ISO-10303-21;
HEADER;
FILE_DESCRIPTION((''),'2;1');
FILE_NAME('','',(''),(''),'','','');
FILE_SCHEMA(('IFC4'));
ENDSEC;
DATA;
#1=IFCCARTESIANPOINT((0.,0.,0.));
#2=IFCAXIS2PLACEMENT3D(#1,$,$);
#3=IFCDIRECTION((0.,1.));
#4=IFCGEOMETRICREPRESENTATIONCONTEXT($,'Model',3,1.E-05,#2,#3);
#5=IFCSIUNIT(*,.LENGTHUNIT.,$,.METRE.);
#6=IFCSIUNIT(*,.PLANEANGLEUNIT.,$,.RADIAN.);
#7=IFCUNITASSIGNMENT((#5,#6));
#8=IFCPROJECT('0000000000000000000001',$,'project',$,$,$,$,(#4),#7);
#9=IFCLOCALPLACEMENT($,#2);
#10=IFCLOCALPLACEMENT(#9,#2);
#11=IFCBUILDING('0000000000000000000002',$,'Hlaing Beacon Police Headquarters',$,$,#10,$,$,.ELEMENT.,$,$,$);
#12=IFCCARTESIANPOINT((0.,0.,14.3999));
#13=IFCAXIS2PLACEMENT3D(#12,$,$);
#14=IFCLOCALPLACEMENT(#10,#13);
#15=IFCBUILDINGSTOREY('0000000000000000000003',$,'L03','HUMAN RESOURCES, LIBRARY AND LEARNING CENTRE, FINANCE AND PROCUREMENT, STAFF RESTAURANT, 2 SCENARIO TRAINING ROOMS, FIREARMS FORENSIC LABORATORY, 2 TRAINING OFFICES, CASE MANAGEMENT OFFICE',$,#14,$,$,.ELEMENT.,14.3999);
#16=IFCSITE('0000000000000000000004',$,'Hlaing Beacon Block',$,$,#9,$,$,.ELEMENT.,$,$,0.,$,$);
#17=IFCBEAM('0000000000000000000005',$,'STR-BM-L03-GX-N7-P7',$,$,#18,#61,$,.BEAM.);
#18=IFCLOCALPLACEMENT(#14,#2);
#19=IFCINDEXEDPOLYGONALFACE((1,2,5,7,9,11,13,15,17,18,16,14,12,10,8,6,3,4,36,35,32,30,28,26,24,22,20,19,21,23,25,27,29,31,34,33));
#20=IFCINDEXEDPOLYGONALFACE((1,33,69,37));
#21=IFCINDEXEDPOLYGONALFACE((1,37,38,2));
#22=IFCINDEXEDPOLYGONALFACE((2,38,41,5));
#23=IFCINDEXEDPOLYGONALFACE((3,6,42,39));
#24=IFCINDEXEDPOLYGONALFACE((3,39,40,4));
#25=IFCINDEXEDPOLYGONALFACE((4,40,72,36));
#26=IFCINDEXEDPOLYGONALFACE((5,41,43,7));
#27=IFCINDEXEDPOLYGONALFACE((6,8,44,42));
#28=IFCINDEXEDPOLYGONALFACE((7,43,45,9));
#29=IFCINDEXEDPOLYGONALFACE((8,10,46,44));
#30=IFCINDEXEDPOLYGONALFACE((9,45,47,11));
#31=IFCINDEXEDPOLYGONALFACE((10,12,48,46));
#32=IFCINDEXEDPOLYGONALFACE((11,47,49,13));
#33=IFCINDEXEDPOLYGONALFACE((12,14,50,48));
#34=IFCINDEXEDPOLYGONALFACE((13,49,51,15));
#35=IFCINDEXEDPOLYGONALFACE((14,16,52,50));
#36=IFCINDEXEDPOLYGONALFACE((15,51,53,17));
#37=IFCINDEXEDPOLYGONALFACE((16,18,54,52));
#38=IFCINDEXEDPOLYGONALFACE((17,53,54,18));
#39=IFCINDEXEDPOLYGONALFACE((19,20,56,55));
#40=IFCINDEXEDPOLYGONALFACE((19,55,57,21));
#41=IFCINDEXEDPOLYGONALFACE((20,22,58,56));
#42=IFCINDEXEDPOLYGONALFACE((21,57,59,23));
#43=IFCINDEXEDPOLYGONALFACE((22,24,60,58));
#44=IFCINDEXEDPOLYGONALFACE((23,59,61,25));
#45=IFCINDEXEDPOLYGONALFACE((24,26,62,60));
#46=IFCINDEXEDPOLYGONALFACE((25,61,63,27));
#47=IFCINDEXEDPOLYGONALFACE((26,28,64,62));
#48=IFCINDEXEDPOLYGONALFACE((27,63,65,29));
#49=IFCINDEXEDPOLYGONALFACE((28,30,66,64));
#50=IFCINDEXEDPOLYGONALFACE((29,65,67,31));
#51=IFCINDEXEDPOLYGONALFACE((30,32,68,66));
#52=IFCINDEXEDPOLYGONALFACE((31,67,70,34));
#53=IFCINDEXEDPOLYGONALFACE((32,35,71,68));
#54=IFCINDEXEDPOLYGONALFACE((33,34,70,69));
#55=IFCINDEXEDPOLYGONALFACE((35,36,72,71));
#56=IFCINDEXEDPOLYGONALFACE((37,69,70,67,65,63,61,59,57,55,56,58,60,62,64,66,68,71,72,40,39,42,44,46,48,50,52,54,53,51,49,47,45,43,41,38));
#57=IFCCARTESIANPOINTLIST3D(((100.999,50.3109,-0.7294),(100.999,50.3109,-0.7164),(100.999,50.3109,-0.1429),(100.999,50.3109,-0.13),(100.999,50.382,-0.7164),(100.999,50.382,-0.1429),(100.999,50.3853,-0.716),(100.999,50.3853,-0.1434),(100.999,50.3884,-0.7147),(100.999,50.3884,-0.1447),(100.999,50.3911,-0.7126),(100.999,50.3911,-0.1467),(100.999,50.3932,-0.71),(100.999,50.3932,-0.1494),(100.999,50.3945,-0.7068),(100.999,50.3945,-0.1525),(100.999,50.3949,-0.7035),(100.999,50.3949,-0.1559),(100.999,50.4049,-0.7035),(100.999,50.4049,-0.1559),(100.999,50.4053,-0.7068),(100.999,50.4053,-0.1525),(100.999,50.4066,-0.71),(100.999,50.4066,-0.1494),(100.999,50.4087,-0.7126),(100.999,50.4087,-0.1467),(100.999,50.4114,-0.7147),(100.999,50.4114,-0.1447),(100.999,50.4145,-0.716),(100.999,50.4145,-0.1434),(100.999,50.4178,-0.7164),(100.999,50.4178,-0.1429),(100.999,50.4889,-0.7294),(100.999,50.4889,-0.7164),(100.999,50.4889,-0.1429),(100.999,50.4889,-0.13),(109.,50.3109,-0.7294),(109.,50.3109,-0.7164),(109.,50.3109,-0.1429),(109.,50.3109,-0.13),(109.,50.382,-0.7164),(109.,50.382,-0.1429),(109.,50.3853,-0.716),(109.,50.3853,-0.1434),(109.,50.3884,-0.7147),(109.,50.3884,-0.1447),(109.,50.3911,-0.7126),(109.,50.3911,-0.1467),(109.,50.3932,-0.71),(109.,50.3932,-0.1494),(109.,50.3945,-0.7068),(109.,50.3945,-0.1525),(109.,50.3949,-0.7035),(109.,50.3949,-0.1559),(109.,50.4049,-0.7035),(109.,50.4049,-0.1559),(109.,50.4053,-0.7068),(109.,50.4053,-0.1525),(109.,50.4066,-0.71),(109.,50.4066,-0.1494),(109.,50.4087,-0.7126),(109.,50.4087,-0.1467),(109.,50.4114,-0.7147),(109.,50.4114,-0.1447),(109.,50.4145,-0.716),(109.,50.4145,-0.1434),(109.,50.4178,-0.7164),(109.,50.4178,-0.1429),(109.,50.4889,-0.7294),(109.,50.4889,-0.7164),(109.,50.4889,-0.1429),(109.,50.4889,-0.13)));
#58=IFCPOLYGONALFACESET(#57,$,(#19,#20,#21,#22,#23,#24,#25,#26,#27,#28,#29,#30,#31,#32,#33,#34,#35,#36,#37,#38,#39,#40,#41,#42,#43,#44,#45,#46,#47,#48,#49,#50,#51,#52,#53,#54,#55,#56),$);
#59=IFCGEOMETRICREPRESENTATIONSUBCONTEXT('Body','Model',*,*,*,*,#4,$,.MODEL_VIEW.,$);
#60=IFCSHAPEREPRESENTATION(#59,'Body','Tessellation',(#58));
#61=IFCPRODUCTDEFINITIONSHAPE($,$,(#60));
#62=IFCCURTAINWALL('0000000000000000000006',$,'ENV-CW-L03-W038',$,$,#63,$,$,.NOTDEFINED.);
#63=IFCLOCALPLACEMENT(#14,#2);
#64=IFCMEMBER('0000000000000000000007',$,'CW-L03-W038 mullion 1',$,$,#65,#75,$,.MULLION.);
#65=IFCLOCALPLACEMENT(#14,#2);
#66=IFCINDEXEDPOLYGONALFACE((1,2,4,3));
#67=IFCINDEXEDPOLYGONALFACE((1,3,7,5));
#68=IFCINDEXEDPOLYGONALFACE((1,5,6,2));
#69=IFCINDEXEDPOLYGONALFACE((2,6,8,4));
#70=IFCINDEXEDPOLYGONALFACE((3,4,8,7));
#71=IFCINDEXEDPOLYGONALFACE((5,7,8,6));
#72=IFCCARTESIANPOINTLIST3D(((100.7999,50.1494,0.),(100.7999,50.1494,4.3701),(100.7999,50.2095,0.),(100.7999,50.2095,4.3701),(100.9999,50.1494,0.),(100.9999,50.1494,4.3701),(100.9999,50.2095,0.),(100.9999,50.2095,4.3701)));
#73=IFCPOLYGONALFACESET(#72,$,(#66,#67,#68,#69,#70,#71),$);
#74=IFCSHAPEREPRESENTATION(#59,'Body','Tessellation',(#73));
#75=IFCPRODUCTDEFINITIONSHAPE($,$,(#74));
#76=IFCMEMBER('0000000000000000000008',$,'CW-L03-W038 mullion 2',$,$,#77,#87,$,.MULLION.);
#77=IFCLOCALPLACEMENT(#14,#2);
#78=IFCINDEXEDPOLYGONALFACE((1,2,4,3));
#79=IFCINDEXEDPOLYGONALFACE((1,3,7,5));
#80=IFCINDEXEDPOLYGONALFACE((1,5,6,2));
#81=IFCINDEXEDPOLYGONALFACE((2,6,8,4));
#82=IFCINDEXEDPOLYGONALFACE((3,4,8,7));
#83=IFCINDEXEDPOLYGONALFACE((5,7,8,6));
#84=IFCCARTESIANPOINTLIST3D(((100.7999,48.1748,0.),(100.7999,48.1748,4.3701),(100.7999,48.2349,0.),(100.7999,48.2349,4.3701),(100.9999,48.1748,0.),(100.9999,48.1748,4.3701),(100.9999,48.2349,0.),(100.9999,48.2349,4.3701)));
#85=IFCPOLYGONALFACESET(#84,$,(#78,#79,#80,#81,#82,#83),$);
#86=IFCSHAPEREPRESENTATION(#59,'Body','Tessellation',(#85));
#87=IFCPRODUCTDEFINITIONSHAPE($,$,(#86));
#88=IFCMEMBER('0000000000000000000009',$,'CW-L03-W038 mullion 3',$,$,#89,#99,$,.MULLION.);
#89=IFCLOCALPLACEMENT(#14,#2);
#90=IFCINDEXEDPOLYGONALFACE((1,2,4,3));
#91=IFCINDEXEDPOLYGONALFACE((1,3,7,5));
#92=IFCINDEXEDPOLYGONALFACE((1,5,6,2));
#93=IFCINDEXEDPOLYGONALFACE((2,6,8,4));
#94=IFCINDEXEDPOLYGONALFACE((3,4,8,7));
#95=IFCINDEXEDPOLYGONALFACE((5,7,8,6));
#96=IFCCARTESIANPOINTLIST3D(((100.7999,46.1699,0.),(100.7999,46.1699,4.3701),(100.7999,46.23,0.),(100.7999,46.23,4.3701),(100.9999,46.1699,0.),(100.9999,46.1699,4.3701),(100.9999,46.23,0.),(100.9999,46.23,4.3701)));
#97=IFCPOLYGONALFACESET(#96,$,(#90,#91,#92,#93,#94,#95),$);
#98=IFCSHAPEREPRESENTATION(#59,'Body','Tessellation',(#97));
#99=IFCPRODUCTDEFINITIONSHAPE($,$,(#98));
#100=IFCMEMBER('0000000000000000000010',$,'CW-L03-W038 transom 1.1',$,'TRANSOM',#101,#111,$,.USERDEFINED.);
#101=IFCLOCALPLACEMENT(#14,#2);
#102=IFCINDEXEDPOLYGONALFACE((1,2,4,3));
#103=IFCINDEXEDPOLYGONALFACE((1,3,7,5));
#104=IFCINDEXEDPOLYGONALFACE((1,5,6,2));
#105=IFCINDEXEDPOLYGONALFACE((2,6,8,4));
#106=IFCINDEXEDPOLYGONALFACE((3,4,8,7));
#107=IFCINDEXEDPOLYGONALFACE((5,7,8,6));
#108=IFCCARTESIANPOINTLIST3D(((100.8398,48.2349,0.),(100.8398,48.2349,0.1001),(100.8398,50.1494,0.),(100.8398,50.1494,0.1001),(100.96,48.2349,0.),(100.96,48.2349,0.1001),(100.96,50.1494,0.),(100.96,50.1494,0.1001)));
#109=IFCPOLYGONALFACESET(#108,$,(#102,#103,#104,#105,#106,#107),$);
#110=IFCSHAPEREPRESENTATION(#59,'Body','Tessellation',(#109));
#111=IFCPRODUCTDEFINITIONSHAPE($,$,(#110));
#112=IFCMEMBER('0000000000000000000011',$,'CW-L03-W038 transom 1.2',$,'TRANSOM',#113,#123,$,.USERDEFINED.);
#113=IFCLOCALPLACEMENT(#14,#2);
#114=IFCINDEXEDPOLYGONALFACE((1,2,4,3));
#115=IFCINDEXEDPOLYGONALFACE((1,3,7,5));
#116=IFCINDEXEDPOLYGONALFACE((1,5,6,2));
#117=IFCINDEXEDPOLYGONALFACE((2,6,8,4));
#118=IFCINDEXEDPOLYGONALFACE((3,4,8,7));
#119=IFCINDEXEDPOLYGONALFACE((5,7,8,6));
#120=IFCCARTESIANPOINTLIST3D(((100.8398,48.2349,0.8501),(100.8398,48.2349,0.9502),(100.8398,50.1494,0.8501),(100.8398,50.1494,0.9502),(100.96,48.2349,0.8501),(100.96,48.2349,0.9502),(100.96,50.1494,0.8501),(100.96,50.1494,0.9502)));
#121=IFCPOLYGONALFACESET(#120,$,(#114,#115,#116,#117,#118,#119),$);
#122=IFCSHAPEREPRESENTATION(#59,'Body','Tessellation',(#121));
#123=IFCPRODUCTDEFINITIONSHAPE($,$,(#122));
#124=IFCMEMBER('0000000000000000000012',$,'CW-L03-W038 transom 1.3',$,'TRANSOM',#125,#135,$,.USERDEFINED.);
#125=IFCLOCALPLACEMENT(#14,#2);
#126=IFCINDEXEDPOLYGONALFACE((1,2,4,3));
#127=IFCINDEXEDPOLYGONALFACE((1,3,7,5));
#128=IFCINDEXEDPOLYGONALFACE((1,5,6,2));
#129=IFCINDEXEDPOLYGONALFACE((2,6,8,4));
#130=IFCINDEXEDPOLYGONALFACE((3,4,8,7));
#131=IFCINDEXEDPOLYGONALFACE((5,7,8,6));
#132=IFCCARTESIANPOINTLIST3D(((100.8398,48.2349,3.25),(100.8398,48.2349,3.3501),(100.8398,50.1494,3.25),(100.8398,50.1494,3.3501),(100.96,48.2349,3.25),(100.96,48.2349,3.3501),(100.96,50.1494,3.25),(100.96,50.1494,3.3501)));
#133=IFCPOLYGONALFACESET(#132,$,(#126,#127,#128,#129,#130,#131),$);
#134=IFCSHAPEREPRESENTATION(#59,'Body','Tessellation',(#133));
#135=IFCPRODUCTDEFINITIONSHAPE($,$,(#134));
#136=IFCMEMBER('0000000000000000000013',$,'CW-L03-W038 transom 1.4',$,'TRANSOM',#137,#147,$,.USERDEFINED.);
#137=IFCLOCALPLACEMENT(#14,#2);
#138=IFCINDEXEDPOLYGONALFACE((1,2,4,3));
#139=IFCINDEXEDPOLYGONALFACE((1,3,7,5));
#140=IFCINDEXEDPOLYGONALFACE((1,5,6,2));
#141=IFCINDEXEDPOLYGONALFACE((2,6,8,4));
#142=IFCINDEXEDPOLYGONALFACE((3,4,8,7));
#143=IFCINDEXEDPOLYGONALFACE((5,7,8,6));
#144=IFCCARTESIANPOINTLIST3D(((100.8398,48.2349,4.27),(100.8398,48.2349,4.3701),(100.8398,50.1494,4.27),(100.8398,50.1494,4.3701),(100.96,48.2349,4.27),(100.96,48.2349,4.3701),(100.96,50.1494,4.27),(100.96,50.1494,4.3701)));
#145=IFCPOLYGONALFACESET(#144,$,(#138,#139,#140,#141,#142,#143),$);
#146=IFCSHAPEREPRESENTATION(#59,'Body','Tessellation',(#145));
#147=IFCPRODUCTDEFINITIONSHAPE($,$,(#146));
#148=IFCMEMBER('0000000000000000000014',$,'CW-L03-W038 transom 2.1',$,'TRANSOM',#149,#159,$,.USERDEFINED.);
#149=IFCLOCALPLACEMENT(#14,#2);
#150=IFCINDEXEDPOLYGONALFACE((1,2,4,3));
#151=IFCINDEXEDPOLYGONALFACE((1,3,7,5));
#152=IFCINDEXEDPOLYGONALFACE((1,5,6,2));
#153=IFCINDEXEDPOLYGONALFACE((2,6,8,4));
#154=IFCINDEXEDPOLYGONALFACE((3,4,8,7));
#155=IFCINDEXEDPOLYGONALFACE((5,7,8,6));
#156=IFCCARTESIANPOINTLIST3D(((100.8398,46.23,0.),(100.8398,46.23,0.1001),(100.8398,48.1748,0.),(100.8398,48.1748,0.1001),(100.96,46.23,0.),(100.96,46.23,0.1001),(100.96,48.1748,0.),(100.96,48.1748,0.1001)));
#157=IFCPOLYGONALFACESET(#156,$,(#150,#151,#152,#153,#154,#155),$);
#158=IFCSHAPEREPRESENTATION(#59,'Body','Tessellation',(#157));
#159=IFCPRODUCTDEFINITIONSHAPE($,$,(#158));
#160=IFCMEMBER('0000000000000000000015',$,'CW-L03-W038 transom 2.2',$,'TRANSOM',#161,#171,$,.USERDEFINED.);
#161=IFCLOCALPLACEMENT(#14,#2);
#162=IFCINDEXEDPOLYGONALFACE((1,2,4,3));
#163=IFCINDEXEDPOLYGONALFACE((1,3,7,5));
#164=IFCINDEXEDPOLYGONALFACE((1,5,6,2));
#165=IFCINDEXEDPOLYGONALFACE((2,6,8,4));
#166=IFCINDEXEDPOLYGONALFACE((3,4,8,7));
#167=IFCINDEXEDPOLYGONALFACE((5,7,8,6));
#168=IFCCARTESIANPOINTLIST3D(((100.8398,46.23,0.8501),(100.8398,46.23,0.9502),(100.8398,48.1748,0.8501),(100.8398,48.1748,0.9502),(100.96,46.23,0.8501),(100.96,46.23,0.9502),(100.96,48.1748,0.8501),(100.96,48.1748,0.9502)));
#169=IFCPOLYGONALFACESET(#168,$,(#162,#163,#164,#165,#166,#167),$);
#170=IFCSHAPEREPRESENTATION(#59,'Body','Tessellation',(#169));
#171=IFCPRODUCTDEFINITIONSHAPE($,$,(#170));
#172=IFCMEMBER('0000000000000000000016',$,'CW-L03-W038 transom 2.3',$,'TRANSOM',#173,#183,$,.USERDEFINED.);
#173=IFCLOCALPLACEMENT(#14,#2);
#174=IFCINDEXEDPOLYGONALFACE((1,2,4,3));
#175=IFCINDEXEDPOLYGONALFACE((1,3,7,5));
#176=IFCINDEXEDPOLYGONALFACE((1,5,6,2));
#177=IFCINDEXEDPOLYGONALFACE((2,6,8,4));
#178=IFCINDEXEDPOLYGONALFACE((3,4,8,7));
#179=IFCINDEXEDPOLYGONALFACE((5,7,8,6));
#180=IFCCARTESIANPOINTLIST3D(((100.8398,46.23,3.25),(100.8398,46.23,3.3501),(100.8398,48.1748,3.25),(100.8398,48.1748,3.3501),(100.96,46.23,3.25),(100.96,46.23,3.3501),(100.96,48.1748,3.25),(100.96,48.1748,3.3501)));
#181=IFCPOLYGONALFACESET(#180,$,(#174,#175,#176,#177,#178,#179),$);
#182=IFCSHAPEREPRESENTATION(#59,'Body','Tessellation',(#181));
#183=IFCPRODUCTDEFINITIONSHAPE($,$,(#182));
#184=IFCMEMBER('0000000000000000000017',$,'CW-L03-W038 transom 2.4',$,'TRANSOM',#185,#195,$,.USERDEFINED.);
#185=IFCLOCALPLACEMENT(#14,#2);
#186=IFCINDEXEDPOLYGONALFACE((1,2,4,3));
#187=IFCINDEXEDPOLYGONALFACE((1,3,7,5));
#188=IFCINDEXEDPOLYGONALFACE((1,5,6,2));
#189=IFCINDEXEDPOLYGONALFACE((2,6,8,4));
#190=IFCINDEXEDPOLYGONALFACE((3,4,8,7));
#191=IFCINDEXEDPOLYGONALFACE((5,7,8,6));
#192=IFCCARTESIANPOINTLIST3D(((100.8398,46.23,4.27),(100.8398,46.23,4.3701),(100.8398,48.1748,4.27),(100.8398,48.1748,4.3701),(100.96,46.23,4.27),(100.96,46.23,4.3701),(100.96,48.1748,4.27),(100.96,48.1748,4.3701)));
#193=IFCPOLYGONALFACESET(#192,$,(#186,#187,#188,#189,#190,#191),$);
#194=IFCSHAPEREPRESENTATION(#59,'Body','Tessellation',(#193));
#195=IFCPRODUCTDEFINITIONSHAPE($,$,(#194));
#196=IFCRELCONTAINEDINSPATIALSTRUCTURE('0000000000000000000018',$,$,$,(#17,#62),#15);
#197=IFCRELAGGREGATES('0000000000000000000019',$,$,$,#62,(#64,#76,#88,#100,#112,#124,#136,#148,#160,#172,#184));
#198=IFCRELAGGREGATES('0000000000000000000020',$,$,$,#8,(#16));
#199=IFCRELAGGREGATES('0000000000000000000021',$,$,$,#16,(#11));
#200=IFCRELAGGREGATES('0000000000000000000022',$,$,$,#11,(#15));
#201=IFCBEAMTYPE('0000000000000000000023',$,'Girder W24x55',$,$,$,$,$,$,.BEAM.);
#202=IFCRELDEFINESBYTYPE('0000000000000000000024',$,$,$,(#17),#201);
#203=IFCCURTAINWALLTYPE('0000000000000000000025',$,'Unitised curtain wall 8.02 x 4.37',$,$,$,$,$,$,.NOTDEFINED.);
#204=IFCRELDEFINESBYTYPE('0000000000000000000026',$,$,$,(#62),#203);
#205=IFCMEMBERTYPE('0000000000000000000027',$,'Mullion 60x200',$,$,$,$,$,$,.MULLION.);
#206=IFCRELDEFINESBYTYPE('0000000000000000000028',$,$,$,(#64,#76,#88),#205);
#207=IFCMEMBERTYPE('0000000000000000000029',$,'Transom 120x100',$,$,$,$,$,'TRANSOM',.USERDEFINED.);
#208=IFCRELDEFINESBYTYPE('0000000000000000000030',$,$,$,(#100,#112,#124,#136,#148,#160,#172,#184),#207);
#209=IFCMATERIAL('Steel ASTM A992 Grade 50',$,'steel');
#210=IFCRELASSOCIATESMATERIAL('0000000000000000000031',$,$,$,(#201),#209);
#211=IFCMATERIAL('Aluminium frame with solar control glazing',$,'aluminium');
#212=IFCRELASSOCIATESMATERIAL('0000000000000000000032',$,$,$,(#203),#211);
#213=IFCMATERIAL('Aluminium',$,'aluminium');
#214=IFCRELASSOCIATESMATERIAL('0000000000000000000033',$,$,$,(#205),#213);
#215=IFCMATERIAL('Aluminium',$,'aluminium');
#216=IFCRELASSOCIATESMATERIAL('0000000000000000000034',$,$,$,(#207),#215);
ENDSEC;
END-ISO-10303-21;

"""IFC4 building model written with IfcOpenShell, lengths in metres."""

from ifc_helpers import new_model, si_unit, direction, frame, origin, origin_2d, place, context, subcontext, project, spatial, rectangle, i_section, extrude, material, material_profile, profile_set, type_object, element, aggregate, save


model = new_model("IFC4")

# Units and contexts
model_context = context("Model", 3, precision=1e-05, world=origin(), true_north=direction((0.0, 1.0)))
body_context = subcontext(model_context, "Body", "Model", "MODEL_VIEW")
ifc_project = project(units=[si_unit("LENGTHUNIT", "METRE"), si_unit("PLANEANGLEUNIT", "RADIAN")], contexts=[model_context])

# Site, building, storey
site_placement = place(None, origin())
site = spatial("IfcSite", under=ifc_project, at=site_placement, Name="Hlaing Beacon Block", CompositionType="ELEMENT", RefElevation=0.0)
building_placement = place(site_placement, origin())
building = spatial("IfcBuilding", under=site, at=building_placement, Name="Hlaing Beacon Police Headquarters", CompositionType="ELEMENT")
storey_placement = place(building_placement, frame((0.0, 0.0, 14.3999)))
storey = spatial("IfcBuildingStorey", under=building, at=storey_placement, Name="L03", Description="HUMAN RESOURCES, LIBRARY AND LEARNING CENTRE, FINANCE AND PROCUREMENT, STAFF RESTAURANT, 2 SCENARIO TRAINING ROOMS, FIREARMS FORENSIC LABORATORY, 2 TRAINING OFFICES, CASE MANAGEMENT OFFICE", CompositionType="ELEMENT", Elevation=14.3999)

# Beam
ifc_material_1 = material(Name="Steel ASTM A992 Grade 50", Category="steel")
ifc_material_profile_1 = material_profile(ifc_material_1, i_section(OverallWidth=0.178, OverallDepth=0.5994, WebThickness=0.01, FlangeThickness=0.0129, FilletRadius=0.0129, at=origin_2d()), Name="W24x55")
ifc_profile_set_1 = profile_set([ifc_material_profile_1], Name="Steel ASTM A992 Grade 50")
beam_type = type_object("IfcBeamType", Name="Girder W24x55", PredefinedType="BEAM", material=ifc_profile_set_1)
beam_placement = place(storey_placement, frame((100.999, 50.3999, -0.4297), z_axis=(1.0, 0.0, 0.0), x_axis=(0.0, 1.0, 0.0)))
element("IfcBeam", 1, at=beam_placement, inside=storey, type_object=beam_type, Name="STR-BM-L03-GX-N7-P7", PredefinedType="BEAM", context=body_context, shape_type="SweptSolid", body=[
    extrude(i_section(OverallWidth=0.178, OverallDepth=0.5994, WebThickness=0.01, FlangeThickness=0.0129, FilletRadius=0.0129, at=origin_2d()), origin(), (0.0, 0.0, 1.0), 8.001),
])

# Curtain wall, members
ifc_material_2 = material(Name="Aluminium frame with solar control glazing", Category="aluminium")
curtain_wall_type = type_object("IfcCurtainWallType", Name="Unitised curtain wall 8.02 x 4.37", PredefinedType="NOTDEFINED", material=ifc_material_2)
curtain_wall_placement = place(storey_placement, origin())
curtain_wall = element("IfcCurtainWall", 2, at=curtain_wall_placement, inside=storey, type_object=curtain_wall_type, Name="ENV-CW-L03-W038", PredefinedType="NOTDEFINED")
ifc_material_3 = material(Name="Aluminium", Category="aluminium")
ifc_material_profile_2 = material_profile(ifc_material_3, rectangle(XDim=0.2, YDim=0.0601, at=origin_2d()), Name="Mullion 60x200")
ifc_profile_set_2 = profile_set([ifc_material_profile_2], Name="Aluminium")
member_type_1 = type_object("IfcMemberType", Name="Mullion 60x200", PredefinedType="MULLION", material=ifc_profile_set_2)
member_1_placement = place(storey_placement, frame((100.8999, 50.1794, 0.0), z_axis=(0.0, 0.0, 1.0), x_axis=(1.0, 0.0, 0.0)))
member_1 = element("IfcMember", 3, at=member_1_placement, type_object=member_type_1, Name="CW-L03-W038 mullion 1", PredefinedType="MULLION", context=body_context, shape_type="SweptSolid", body=[
    extrude(rectangle(XDim=0.2, YDim=0.0601, at=origin_2d()), origin(), (0.0, 0.0, 1.0), 4.3701),
])
member_2_placement = place(storey_placement, frame((100.8999, 48.2048, 0.0), z_axis=(0.0, 0.0, 1.0), x_axis=(1.0, 0.0, 0.0)))
member_2 = element("IfcMember", 4, at=member_2_placement, type_object=member_type_1, Name="CW-L03-W038 mullion 2", PredefinedType="MULLION", context=body_context, shape_type="SweptSolid", body=[
    extrude(rectangle(XDim=0.2, YDim=0.0601, at=origin_2d()), origin(), (0.0, 0.0, 1.0), 4.3701),
])
member_3_placement = place(storey_placement, frame((100.8999, 46.2, 0.0), z_axis=(0.0, 0.0, 1.0), x_axis=(1.0, 0.0, 0.0)))
member_3 = element("IfcMember", 5, at=member_3_placement, type_object=member_type_1, Name="CW-L03-W038 mullion 3", PredefinedType="MULLION", context=body_context, shape_type="SweptSolid", body=[
    extrude(rectangle(XDim=0.2, YDim=0.0601, at=origin_2d()), origin(), (0.0, 0.0, 1.0), 4.3701),
])
ifc_material_4 = material(Name="Aluminium", Category="aluminium")
ifc_material_profile_3 = material_profile(ifc_material_4, rectangle(XDim=0.1201, YDim=0.1001, at=origin_2d()), Name="Transom 120x100")
ifc_profile_set_3 = profile_set([ifc_material_profile_3], Name="Aluminium")
member_type_2 = type_object("IfcMemberType", Name="Transom 120x100", ElementType="TRANSOM", PredefinedType="USERDEFINED", material=ifc_profile_set_3)
member_4_placement = place(storey_placement, frame((100.8999, 50.1494, 0.05), z_axis=(0.0, -1.0, 0.0), x_axis=(1.0, 0.0, 0.0)))
member_4 = element("IfcMember", 6, at=member_4_placement, type_object=member_type_2, Name="CW-L03-W038 transom 1.1", ObjectType="TRANSOM", PredefinedType="USERDEFINED", context=body_context, shape_type="SweptSolid", body=[
    extrude(rectangle(XDim=0.1201, YDim=0.1001, at=origin_2d()), origin(), (0.0, 0.0, 1.0), 1.9146),
])
member_5_placement = place(storey_placement, frame((100.8999, 50.1494, 0.9001), z_axis=(0.0, -1.0, 0.0), x_axis=(1.0, 0.0, 0.0)))
member_5 = element("IfcMember", 7, at=member_5_placement, type_object=member_type_2, Name="CW-L03-W038 transom 1.2", ObjectType="TRANSOM", PredefinedType="USERDEFINED", context=body_context, shape_type="SweptSolid", body=[
    extrude(rectangle(XDim=0.1201, YDim=0.1001, at=origin_2d()), origin(), (0.0, 0.0, 1.0), 1.9146),
])
member_6_placement = place(storey_placement, frame((100.8999, 50.1494, 3.3), z_axis=(0.0, -1.0, 0.0), x_axis=(1.0, 0.0, 0.0)))
member_6 = element("IfcMember", 8, at=member_6_placement, type_object=member_type_2, Name="CW-L03-W038 transom 1.3", ObjectType="TRANSOM", PredefinedType="USERDEFINED", context=body_context, shape_type="SweptSolid", body=[
    extrude(rectangle(XDim=0.1201, YDim=0.1001, at=origin_2d()), origin(), (0.0, 0.0, 1.0), 1.9146),
])
member_7_placement = place(storey_placement, frame((100.8999, 50.1494, 4.3201), z_axis=(0.0, -1.0, 0.0), x_axis=(1.0, 0.0, 0.0)))
member_7 = element("IfcMember", 9, at=member_7_placement, type_object=member_type_2, Name="CW-L03-W038 transom 1.4", ObjectType="TRANSOM", PredefinedType="USERDEFINED", context=body_context, shape_type="SweptSolid", body=[
    extrude(rectangle(XDim=0.1201, YDim=0.1001, at=origin_2d()), origin(), (0.0, 0.0, 1.0), 1.9146),
])
member_8_placement = place(storey_placement, frame((100.8999, 48.1748, 0.05), z_axis=(0.0, -1.0, 0.0), x_axis=(1.0, 0.0, 0.0)))
member_8 = element("IfcMember", 10, at=member_8_placement, type_object=member_type_2, Name="CW-L03-W038 transom 2.1", ObjectType="TRANSOM", PredefinedType="USERDEFINED", context=body_context, shape_type="SweptSolid", body=[
    extrude(rectangle(XDim=0.1201, YDim=0.1001, at=origin_2d()), origin(), (0.0, 0.0, 1.0), 1.9448),
])
member_9_placement = place(storey_placement, frame((100.8999, 48.1748, 0.9001), z_axis=(0.0, -1.0, 0.0), x_axis=(1.0, 0.0, 0.0)))
member_9 = element("IfcMember", 11, at=member_9_placement, type_object=member_type_2, Name="CW-L03-W038 transom 2.2", ObjectType="TRANSOM", PredefinedType="USERDEFINED", context=body_context, shape_type="SweptSolid", body=[
    extrude(rectangle(XDim=0.1201, YDim=0.1001, at=origin_2d()), origin(), (0.0, 0.0, 1.0), 1.9448),
])
member_10_placement = place(storey_placement, frame((100.8999, 48.1748, 3.3), z_axis=(0.0, -1.0, 0.0), x_axis=(1.0, 0.0, 0.0)))
member_10 = element("IfcMember", 12, at=member_10_placement, type_object=member_type_2, Name="CW-L03-W038 transom 2.3", ObjectType="TRANSOM", PredefinedType="USERDEFINED", context=body_context, shape_type="SweptSolid", body=[
    extrude(rectangle(XDim=0.1201, YDim=0.1001, at=origin_2d()), origin(), (0.0, 0.0, 1.0), 1.9448),
])
member_11_placement = place(storey_placement, frame((100.8999, 48.1748, 4.3201), z_axis=(0.0, -1.0, 0.0), x_axis=(1.0, 0.0, 0.0)))
member_11 = element("IfcMember", 13, at=member_11_placement, type_object=member_type_2, Name="CW-L03-W038 transom 2.4", ObjectType="TRANSOM", PredefinedType="USERDEFINED", context=body_context, shape_type="SweptSolid", body=[
    extrude(rectangle(XDim=0.1201, YDim=0.1001, at=origin_2d()), origin(), (0.0, 0.0, 1.0), 1.9448),
])
aggregate(curtain_wall, [member_1, member_2, member_3, member_4, member_5, member_6, member_7, member_8, member_9, member_10, member_11])

save(model, "model.ifc")
